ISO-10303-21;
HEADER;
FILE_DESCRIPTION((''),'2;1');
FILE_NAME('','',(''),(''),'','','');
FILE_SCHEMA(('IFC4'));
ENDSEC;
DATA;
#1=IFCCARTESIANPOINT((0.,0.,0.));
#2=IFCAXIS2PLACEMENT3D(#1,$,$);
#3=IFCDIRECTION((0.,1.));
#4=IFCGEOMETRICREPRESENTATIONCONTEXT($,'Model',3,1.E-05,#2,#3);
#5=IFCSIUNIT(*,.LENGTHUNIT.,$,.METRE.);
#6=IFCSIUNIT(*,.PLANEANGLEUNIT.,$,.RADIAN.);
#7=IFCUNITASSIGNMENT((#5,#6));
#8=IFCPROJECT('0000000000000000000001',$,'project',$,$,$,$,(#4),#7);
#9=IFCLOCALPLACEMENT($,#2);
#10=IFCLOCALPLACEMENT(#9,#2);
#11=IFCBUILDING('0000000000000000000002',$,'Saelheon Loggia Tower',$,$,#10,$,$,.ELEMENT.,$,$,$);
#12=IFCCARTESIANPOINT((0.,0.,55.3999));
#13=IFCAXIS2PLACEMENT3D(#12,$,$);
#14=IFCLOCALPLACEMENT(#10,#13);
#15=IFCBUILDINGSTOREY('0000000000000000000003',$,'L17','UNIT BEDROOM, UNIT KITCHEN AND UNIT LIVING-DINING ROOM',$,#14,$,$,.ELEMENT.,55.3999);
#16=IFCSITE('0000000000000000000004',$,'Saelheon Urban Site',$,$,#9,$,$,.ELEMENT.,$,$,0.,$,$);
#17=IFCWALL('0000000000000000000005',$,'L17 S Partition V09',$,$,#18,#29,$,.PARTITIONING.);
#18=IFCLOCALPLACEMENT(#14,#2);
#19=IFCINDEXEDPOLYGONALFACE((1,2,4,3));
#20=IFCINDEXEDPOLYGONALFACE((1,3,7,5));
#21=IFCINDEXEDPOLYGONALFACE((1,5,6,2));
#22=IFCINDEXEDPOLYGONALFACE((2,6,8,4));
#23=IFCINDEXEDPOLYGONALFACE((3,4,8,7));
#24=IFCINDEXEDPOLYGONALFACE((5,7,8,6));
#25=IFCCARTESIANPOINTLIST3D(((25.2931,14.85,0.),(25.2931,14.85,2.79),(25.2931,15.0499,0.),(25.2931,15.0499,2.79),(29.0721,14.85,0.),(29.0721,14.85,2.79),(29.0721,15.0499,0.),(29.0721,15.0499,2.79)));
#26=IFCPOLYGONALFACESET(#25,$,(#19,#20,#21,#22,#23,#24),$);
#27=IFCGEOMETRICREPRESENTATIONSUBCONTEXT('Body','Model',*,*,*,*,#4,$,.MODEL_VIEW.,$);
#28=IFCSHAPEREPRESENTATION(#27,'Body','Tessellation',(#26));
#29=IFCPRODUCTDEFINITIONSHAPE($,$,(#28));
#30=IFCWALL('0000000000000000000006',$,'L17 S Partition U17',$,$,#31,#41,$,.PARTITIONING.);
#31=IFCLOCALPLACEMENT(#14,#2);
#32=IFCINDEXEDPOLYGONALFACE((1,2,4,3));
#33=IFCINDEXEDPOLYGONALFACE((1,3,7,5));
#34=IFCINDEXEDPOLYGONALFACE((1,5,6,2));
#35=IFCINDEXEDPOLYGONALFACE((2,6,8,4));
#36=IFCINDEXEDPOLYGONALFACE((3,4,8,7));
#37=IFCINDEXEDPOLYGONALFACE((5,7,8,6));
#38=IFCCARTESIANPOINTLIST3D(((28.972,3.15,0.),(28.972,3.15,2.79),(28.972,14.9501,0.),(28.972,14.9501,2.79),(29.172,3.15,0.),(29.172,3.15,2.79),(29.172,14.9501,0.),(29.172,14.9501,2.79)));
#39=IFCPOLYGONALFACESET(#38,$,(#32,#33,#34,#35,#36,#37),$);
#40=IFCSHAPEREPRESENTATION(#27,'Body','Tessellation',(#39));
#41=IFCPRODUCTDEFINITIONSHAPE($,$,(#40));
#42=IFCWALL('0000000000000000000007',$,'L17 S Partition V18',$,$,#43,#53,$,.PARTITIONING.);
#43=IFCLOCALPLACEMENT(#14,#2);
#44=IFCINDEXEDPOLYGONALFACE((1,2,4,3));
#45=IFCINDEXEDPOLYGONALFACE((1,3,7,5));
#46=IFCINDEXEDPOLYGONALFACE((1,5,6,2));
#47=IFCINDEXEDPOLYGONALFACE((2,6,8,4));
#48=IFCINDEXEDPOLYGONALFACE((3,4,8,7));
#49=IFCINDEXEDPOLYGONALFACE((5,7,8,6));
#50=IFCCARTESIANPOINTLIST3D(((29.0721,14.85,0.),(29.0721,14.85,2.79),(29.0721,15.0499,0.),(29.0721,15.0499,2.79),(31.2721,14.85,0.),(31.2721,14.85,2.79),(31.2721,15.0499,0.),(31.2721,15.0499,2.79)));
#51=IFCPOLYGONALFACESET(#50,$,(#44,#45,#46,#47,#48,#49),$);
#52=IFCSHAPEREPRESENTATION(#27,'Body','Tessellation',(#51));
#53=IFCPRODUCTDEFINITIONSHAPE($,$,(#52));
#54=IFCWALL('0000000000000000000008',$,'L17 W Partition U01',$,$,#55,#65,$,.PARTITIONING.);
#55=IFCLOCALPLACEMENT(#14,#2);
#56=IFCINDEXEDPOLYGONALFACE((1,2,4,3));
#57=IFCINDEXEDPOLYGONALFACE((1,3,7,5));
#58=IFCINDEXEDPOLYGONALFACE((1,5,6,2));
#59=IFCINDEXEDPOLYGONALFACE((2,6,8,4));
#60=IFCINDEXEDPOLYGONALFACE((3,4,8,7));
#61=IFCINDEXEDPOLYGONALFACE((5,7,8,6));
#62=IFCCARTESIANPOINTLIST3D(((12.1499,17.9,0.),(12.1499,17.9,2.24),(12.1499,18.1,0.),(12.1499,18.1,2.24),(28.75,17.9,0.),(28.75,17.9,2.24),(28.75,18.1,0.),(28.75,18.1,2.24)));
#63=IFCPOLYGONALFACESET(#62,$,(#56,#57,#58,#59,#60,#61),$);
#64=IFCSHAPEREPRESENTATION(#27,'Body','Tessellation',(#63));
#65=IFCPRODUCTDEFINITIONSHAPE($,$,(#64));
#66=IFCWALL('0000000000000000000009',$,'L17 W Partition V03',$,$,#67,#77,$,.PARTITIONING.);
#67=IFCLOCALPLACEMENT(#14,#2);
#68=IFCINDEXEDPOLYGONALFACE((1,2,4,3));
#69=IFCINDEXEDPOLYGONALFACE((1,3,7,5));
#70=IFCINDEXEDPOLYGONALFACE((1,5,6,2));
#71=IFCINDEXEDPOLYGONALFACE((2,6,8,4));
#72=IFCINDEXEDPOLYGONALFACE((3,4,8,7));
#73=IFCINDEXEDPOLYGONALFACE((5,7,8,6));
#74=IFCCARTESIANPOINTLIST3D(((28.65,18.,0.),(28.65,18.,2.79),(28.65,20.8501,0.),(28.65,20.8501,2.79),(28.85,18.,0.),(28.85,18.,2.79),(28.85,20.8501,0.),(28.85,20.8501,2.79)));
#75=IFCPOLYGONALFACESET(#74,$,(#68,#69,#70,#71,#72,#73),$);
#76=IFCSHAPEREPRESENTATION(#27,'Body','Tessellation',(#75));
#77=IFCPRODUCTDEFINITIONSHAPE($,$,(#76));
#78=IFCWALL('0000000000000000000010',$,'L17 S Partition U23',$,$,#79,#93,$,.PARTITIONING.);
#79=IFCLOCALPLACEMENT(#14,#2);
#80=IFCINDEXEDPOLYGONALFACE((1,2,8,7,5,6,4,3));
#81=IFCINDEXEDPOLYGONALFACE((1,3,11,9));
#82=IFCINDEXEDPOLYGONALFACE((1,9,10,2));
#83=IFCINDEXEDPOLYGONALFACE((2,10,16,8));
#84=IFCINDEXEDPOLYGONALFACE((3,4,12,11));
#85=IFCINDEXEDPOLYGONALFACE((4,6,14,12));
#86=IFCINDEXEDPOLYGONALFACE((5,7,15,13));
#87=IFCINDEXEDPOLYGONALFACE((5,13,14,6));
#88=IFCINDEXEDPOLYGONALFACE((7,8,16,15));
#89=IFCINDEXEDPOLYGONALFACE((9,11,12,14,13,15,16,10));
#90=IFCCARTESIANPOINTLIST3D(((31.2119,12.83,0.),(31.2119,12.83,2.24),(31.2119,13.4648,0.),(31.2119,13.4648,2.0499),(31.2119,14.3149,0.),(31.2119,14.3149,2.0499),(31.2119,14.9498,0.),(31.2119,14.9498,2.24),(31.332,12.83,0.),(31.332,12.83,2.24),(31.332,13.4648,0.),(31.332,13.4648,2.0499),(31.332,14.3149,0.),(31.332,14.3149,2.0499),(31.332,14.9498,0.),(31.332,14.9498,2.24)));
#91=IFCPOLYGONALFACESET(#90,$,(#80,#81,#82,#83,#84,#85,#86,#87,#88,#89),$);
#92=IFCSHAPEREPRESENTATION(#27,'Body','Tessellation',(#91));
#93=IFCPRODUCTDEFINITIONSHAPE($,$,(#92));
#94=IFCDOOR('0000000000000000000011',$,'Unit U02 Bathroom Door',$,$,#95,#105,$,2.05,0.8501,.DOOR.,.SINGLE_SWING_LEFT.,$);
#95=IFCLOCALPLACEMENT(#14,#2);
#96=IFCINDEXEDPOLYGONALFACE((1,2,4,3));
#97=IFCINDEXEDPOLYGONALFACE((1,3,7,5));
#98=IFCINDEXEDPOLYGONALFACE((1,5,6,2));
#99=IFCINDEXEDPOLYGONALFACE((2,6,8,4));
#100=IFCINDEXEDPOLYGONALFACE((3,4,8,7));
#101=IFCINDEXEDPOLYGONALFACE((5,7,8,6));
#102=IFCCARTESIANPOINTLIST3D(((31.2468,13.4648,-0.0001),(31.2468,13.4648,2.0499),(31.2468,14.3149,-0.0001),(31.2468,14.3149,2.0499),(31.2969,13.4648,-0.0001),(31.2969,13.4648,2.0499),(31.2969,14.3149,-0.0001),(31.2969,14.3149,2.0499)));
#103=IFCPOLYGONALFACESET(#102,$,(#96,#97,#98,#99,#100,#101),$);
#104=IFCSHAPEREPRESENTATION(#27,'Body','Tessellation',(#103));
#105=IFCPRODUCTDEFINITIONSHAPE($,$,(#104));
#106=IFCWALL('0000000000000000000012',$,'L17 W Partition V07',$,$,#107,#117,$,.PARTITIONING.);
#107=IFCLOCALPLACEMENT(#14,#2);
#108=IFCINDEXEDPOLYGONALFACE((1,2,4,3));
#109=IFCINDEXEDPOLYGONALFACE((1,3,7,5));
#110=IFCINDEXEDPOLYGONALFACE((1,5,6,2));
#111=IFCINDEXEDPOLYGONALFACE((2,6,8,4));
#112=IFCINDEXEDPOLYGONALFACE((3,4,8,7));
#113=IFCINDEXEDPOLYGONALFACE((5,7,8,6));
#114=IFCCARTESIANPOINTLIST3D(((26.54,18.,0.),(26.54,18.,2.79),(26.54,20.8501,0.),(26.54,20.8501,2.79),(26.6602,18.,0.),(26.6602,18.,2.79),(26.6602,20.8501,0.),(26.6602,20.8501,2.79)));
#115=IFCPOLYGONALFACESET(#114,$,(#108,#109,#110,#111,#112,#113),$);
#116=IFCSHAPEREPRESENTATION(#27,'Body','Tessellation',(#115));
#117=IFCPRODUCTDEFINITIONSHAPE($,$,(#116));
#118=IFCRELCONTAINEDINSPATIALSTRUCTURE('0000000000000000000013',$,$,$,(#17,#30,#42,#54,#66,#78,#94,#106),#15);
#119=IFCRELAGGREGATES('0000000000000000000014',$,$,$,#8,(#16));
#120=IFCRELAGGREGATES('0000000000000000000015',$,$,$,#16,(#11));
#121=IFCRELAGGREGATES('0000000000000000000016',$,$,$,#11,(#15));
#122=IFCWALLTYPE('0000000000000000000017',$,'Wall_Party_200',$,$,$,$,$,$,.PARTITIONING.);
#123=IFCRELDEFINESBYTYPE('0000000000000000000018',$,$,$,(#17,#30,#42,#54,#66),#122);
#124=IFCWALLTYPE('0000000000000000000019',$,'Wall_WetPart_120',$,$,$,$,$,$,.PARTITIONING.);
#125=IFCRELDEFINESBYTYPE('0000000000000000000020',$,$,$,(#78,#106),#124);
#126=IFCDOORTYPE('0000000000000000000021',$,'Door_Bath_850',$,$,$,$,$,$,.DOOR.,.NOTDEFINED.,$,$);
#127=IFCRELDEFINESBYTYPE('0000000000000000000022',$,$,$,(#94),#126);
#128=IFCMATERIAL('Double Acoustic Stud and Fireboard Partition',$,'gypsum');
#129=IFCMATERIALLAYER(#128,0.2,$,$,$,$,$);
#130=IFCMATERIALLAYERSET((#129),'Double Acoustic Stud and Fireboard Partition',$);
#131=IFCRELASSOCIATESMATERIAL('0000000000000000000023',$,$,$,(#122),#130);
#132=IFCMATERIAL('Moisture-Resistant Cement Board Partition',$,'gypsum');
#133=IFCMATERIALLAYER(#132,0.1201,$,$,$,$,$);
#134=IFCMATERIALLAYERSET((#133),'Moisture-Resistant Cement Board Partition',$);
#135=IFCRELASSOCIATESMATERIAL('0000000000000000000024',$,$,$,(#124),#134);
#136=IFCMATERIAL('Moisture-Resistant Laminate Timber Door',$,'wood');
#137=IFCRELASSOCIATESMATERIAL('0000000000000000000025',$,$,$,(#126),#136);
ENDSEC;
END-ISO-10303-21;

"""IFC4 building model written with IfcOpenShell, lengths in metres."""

from ifc_helpers import new_model, si_unit, direction, frame, frame_2d, origin, place, context, subcontext, project, spatial, rectangle, extrude, source, transform, mapped, material, layer, layer_set, type_object, element, fill, save


model = new_model("IFC4")

# Units and contexts
model_context = context("Model", 3, precision=1e-05, world=origin(), true_north=direction((0.0, 1.0)))
body_context = subcontext(model_context, "Body", "Model", "MODEL_VIEW")
ifc_project = project(units=[si_unit("LENGTHUNIT", "METRE"), si_unit("PLANEANGLEUNIT", "RADIAN")], contexts=[model_context])

# Site, building, storey
site_placement = place(None, origin())
site = spatial("IfcSite", under=ifc_project, at=site_placement, Name="Saelheon Urban Site", CompositionType="ELEMENT", RefElevation=0.0)
building_placement = place(site_placement, origin())
building = spatial("IfcBuilding", under=site, at=building_placement, Name="Saelheon Loggia Tower", CompositionType="ELEMENT")
storey_placement = place(building_placement, frame((0.0, 0.0, 55.3999)))
storey = spatial("IfcBuildingStorey", under=building, at=storey_placement, Name="L17", Description="UNIT BEDROOM, UNIT KITCHEN AND UNIT LIVING-DINING ROOM", CompositionType="ELEMENT", Elevation=55.3999)

# Walls
ifc_material_1 = material(Name="Double Acoustic Stud and Fireboard Partition", Category="gypsum")
ifc_layer_1 = layer(ifc_material_1, 0.2)
ifc_layer_set_1 = layer_set([ifc_layer_1], Name="Double Acoustic Stud and Fireboard Partition")
wall_type_1 = type_object("IfcWallType", Name="Wall_Party_200", PredefinedType="PARTITIONING", material=ifc_layer_set_1)
wall_1_placement = place(storey_placement, frame((25.293, 14.95, 0.0), z_axis=(0.0, 0.0, 1.0), x_axis=(1.0, 0.0, 0.0)))
element("IfcWall", 1, at=wall_1_placement, inside=storey, type_object=wall_type_1, Name="L17 S Partition V09", PredefinedType="PARTITIONING", context=body_context, shape_type="SweptSolid", body=[
    extrude(rectangle(XDim=3.7791, YDim=0.2, at=frame_2d((1.8896, 0.0))), origin(), (0.0, 0.0, 1.0), 2.79),
])
wall_2_placement = place(storey_placement, frame((29.072, 14.95, 0.0), z_axis=(0.0, 0.0, 1.0), x_axis=(0.0, -1.0, 0.0)))
element("IfcWall", 2, at=wall_2_placement, inside=storey, type_object=wall_type_1, Name="L17 S Partition U17", PredefinedType="PARTITIONING", context=body_context, shape_type="SweptSolid", body=[
    extrude(rectangle(XDim=11.8, YDim=0.2, at=frame_2d((5.8999, 0.0))), origin(), (0.0, 0.0, 1.0), 2.79),
])
wall_3_placement = place(storey_placement, frame((29.072, 14.95, 0.0), z_axis=(0.0, 0.0, 1.0), x_axis=(1.0, 0.0, 0.0)))
element("IfcWall", 3, at=wall_3_placement, inside=storey, type_object=wall_type_1, Name="L17 S Partition V18", PredefinedType="PARTITIONING", context=body_context, shape_type="SweptSolid", body=[
    extrude(rectangle(XDim=2.2, YDim=0.2, at=frame_2d((1.1001, 0.0))), origin(), (0.0, 0.0, 1.0), 2.79),
])

# Walls
wall_4_placement = place(storey_placement, frame((28.75, 18.0, 0.0), z_axis=(0.0, 0.0, 1.0), x_axis=(-1.0, 0.0, 0.0)))
element("IfcWall", 4, at=wall_4_placement, inside=storey, type_object=wall_type_1, Name="L17 W Partition U01", PredefinedType="PARTITIONING", context=body_context, shape_type="SweptSolid", body=[
    extrude(rectangle(XDim=16.6001, YDim=0.2, at=frame_2d((8.3, 0.0))), origin(), (0.0, 0.0, 1.0), 2.24),
])
wall_5_placement = place(storey_placement, frame((28.75, 18.0, 0.0), z_axis=(0.0, 0.0, 1.0), x_axis=(0.0, 1.0, 0.0)))
element("IfcWall", 5, at=wall_5_placement, inside=storey, type_object=wall_type_1, Name="L17 W Partition V03", PredefinedType="PARTITIONING", context=body_context, shape_type="SweptSolid", body=[
    extrude(rectangle(XDim=2.8501, YDim=0.2, at=frame_2d((1.425, 0.0))), origin(), (0.0, 0.0, 1.0), 2.79),
])

# Wall, opening, door
ifc_material_2 = material(Name="Moisture-Resistant Cement Board Partition", Category="gypsum")
ifc_layer_2 = layer(ifc_material_2, 0.1201)
ifc_layer_set_2 = layer_set([ifc_layer_2], Name="Moisture-Resistant Cement Board Partition")
wall_type_2 = type_object("IfcWallType", Name="Wall_WetPart_120", PredefinedType="PARTITIONING", material=ifc_layer_set_2)
wall_6_placement = place(storey_placement, frame((31.272, 14.95, 0.0), z_axis=(0.0, 0.0, 1.0), x_axis=(0.0, -1.0, 0.0)))
wall_6 = element("IfcWall", 6, at=wall_6_placement, inside=storey, type_object=wall_type_2, Name="L17 S Partition U23", PredefinedType="PARTITIONING", context=body_context, shape_type="SweptSolid", body=[
    extrude(rectangle(XDim=2.1199, YDim=0.1201, at=frame_2d((1.0601, 0.0))), origin(), (0.0, 0.0, 1.0), 2.24),
])
opening_1_placement = place(wall_6_placement, frame((0.635, 0.0, 0.0)))
opening_1 = element("IfcOpeningElement", 7, at=opening_1_placement, cuts=wall_6, PredefinedType="OPENING", context=body_context, shape_type="SweptSolid", body=[
    extrude(rectangle(XDim=0.8501, YDim=2.05, at=frame_2d((0.425, 1.0249))), frame((0.0, 0.072, 0.0), z_axis=(0.0, -1.0, 0.0), x_axis=(1.0, 0.0, 0.0)), (0.0, 0.0, 1.0), 0.144),
])
ifc_material_3 = material(Name="Moisture-Resistant Laminate Timber Door", Category="wood")
door_type_1 = type_object("IfcDoorType", Name="Door_Bath_850", OperationType="NOTDEFINED", PredefinedType="DOOR", material=ifc_material_3)
shared_shape_1 = source(origin(), body_context, "Body", "SweptSolid", [
    extrude(rectangle(XDim=0.8501, YDim=2.05, at=frame_2d((0.425, 1.0249))), frame((0.0, 0.0249, 0.0), z_axis=(0.0, -1.0, 0.0), x_axis=(1.0, 0.0, 0.0)), (0.0, 0.0, 1.0), 0.05),
])
door_1_placement = place(opening_1_placement, origin())
door_1 = element("IfcDoor", 8, at=door_1_placement, inside=storey, type_object=door_type_1, Name="Unit U02 Bathroom Door", OperationType="SINGLE_SWING_LEFT", OverallHeight=2.05, OverallWidth=0.8501, PredefinedType="DOOR", context=body_context, shape_type="MappedRepresentation", body=[
    mapped(shared_shape_1, transform((0.0, 0.0, 0.0), scale=1.0)),
])
fill(opening_1, door_1)

# Wall
wall_7_placement = place(storey_placement, frame((26.6001, 18.0, 0.0), z_axis=(0.0, 0.0, 1.0), x_axis=(0.0, 1.0, 0.0)))
element("IfcWall", 9, at=wall_7_placement, inside=storey, type_object=wall_type_2, Name="L17 W Partition V07", PredefinedType="PARTITIONING", context=body_context, shape_type="SweptSolid", body=[
    extrude(rectangle(XDim=2.8501, YDim=0.1201, at=frame_2d((1.425, 0.0))), origin(), (0.0, 0.0, 1.0), 2.79),
])

save(model, "model.ifc")
